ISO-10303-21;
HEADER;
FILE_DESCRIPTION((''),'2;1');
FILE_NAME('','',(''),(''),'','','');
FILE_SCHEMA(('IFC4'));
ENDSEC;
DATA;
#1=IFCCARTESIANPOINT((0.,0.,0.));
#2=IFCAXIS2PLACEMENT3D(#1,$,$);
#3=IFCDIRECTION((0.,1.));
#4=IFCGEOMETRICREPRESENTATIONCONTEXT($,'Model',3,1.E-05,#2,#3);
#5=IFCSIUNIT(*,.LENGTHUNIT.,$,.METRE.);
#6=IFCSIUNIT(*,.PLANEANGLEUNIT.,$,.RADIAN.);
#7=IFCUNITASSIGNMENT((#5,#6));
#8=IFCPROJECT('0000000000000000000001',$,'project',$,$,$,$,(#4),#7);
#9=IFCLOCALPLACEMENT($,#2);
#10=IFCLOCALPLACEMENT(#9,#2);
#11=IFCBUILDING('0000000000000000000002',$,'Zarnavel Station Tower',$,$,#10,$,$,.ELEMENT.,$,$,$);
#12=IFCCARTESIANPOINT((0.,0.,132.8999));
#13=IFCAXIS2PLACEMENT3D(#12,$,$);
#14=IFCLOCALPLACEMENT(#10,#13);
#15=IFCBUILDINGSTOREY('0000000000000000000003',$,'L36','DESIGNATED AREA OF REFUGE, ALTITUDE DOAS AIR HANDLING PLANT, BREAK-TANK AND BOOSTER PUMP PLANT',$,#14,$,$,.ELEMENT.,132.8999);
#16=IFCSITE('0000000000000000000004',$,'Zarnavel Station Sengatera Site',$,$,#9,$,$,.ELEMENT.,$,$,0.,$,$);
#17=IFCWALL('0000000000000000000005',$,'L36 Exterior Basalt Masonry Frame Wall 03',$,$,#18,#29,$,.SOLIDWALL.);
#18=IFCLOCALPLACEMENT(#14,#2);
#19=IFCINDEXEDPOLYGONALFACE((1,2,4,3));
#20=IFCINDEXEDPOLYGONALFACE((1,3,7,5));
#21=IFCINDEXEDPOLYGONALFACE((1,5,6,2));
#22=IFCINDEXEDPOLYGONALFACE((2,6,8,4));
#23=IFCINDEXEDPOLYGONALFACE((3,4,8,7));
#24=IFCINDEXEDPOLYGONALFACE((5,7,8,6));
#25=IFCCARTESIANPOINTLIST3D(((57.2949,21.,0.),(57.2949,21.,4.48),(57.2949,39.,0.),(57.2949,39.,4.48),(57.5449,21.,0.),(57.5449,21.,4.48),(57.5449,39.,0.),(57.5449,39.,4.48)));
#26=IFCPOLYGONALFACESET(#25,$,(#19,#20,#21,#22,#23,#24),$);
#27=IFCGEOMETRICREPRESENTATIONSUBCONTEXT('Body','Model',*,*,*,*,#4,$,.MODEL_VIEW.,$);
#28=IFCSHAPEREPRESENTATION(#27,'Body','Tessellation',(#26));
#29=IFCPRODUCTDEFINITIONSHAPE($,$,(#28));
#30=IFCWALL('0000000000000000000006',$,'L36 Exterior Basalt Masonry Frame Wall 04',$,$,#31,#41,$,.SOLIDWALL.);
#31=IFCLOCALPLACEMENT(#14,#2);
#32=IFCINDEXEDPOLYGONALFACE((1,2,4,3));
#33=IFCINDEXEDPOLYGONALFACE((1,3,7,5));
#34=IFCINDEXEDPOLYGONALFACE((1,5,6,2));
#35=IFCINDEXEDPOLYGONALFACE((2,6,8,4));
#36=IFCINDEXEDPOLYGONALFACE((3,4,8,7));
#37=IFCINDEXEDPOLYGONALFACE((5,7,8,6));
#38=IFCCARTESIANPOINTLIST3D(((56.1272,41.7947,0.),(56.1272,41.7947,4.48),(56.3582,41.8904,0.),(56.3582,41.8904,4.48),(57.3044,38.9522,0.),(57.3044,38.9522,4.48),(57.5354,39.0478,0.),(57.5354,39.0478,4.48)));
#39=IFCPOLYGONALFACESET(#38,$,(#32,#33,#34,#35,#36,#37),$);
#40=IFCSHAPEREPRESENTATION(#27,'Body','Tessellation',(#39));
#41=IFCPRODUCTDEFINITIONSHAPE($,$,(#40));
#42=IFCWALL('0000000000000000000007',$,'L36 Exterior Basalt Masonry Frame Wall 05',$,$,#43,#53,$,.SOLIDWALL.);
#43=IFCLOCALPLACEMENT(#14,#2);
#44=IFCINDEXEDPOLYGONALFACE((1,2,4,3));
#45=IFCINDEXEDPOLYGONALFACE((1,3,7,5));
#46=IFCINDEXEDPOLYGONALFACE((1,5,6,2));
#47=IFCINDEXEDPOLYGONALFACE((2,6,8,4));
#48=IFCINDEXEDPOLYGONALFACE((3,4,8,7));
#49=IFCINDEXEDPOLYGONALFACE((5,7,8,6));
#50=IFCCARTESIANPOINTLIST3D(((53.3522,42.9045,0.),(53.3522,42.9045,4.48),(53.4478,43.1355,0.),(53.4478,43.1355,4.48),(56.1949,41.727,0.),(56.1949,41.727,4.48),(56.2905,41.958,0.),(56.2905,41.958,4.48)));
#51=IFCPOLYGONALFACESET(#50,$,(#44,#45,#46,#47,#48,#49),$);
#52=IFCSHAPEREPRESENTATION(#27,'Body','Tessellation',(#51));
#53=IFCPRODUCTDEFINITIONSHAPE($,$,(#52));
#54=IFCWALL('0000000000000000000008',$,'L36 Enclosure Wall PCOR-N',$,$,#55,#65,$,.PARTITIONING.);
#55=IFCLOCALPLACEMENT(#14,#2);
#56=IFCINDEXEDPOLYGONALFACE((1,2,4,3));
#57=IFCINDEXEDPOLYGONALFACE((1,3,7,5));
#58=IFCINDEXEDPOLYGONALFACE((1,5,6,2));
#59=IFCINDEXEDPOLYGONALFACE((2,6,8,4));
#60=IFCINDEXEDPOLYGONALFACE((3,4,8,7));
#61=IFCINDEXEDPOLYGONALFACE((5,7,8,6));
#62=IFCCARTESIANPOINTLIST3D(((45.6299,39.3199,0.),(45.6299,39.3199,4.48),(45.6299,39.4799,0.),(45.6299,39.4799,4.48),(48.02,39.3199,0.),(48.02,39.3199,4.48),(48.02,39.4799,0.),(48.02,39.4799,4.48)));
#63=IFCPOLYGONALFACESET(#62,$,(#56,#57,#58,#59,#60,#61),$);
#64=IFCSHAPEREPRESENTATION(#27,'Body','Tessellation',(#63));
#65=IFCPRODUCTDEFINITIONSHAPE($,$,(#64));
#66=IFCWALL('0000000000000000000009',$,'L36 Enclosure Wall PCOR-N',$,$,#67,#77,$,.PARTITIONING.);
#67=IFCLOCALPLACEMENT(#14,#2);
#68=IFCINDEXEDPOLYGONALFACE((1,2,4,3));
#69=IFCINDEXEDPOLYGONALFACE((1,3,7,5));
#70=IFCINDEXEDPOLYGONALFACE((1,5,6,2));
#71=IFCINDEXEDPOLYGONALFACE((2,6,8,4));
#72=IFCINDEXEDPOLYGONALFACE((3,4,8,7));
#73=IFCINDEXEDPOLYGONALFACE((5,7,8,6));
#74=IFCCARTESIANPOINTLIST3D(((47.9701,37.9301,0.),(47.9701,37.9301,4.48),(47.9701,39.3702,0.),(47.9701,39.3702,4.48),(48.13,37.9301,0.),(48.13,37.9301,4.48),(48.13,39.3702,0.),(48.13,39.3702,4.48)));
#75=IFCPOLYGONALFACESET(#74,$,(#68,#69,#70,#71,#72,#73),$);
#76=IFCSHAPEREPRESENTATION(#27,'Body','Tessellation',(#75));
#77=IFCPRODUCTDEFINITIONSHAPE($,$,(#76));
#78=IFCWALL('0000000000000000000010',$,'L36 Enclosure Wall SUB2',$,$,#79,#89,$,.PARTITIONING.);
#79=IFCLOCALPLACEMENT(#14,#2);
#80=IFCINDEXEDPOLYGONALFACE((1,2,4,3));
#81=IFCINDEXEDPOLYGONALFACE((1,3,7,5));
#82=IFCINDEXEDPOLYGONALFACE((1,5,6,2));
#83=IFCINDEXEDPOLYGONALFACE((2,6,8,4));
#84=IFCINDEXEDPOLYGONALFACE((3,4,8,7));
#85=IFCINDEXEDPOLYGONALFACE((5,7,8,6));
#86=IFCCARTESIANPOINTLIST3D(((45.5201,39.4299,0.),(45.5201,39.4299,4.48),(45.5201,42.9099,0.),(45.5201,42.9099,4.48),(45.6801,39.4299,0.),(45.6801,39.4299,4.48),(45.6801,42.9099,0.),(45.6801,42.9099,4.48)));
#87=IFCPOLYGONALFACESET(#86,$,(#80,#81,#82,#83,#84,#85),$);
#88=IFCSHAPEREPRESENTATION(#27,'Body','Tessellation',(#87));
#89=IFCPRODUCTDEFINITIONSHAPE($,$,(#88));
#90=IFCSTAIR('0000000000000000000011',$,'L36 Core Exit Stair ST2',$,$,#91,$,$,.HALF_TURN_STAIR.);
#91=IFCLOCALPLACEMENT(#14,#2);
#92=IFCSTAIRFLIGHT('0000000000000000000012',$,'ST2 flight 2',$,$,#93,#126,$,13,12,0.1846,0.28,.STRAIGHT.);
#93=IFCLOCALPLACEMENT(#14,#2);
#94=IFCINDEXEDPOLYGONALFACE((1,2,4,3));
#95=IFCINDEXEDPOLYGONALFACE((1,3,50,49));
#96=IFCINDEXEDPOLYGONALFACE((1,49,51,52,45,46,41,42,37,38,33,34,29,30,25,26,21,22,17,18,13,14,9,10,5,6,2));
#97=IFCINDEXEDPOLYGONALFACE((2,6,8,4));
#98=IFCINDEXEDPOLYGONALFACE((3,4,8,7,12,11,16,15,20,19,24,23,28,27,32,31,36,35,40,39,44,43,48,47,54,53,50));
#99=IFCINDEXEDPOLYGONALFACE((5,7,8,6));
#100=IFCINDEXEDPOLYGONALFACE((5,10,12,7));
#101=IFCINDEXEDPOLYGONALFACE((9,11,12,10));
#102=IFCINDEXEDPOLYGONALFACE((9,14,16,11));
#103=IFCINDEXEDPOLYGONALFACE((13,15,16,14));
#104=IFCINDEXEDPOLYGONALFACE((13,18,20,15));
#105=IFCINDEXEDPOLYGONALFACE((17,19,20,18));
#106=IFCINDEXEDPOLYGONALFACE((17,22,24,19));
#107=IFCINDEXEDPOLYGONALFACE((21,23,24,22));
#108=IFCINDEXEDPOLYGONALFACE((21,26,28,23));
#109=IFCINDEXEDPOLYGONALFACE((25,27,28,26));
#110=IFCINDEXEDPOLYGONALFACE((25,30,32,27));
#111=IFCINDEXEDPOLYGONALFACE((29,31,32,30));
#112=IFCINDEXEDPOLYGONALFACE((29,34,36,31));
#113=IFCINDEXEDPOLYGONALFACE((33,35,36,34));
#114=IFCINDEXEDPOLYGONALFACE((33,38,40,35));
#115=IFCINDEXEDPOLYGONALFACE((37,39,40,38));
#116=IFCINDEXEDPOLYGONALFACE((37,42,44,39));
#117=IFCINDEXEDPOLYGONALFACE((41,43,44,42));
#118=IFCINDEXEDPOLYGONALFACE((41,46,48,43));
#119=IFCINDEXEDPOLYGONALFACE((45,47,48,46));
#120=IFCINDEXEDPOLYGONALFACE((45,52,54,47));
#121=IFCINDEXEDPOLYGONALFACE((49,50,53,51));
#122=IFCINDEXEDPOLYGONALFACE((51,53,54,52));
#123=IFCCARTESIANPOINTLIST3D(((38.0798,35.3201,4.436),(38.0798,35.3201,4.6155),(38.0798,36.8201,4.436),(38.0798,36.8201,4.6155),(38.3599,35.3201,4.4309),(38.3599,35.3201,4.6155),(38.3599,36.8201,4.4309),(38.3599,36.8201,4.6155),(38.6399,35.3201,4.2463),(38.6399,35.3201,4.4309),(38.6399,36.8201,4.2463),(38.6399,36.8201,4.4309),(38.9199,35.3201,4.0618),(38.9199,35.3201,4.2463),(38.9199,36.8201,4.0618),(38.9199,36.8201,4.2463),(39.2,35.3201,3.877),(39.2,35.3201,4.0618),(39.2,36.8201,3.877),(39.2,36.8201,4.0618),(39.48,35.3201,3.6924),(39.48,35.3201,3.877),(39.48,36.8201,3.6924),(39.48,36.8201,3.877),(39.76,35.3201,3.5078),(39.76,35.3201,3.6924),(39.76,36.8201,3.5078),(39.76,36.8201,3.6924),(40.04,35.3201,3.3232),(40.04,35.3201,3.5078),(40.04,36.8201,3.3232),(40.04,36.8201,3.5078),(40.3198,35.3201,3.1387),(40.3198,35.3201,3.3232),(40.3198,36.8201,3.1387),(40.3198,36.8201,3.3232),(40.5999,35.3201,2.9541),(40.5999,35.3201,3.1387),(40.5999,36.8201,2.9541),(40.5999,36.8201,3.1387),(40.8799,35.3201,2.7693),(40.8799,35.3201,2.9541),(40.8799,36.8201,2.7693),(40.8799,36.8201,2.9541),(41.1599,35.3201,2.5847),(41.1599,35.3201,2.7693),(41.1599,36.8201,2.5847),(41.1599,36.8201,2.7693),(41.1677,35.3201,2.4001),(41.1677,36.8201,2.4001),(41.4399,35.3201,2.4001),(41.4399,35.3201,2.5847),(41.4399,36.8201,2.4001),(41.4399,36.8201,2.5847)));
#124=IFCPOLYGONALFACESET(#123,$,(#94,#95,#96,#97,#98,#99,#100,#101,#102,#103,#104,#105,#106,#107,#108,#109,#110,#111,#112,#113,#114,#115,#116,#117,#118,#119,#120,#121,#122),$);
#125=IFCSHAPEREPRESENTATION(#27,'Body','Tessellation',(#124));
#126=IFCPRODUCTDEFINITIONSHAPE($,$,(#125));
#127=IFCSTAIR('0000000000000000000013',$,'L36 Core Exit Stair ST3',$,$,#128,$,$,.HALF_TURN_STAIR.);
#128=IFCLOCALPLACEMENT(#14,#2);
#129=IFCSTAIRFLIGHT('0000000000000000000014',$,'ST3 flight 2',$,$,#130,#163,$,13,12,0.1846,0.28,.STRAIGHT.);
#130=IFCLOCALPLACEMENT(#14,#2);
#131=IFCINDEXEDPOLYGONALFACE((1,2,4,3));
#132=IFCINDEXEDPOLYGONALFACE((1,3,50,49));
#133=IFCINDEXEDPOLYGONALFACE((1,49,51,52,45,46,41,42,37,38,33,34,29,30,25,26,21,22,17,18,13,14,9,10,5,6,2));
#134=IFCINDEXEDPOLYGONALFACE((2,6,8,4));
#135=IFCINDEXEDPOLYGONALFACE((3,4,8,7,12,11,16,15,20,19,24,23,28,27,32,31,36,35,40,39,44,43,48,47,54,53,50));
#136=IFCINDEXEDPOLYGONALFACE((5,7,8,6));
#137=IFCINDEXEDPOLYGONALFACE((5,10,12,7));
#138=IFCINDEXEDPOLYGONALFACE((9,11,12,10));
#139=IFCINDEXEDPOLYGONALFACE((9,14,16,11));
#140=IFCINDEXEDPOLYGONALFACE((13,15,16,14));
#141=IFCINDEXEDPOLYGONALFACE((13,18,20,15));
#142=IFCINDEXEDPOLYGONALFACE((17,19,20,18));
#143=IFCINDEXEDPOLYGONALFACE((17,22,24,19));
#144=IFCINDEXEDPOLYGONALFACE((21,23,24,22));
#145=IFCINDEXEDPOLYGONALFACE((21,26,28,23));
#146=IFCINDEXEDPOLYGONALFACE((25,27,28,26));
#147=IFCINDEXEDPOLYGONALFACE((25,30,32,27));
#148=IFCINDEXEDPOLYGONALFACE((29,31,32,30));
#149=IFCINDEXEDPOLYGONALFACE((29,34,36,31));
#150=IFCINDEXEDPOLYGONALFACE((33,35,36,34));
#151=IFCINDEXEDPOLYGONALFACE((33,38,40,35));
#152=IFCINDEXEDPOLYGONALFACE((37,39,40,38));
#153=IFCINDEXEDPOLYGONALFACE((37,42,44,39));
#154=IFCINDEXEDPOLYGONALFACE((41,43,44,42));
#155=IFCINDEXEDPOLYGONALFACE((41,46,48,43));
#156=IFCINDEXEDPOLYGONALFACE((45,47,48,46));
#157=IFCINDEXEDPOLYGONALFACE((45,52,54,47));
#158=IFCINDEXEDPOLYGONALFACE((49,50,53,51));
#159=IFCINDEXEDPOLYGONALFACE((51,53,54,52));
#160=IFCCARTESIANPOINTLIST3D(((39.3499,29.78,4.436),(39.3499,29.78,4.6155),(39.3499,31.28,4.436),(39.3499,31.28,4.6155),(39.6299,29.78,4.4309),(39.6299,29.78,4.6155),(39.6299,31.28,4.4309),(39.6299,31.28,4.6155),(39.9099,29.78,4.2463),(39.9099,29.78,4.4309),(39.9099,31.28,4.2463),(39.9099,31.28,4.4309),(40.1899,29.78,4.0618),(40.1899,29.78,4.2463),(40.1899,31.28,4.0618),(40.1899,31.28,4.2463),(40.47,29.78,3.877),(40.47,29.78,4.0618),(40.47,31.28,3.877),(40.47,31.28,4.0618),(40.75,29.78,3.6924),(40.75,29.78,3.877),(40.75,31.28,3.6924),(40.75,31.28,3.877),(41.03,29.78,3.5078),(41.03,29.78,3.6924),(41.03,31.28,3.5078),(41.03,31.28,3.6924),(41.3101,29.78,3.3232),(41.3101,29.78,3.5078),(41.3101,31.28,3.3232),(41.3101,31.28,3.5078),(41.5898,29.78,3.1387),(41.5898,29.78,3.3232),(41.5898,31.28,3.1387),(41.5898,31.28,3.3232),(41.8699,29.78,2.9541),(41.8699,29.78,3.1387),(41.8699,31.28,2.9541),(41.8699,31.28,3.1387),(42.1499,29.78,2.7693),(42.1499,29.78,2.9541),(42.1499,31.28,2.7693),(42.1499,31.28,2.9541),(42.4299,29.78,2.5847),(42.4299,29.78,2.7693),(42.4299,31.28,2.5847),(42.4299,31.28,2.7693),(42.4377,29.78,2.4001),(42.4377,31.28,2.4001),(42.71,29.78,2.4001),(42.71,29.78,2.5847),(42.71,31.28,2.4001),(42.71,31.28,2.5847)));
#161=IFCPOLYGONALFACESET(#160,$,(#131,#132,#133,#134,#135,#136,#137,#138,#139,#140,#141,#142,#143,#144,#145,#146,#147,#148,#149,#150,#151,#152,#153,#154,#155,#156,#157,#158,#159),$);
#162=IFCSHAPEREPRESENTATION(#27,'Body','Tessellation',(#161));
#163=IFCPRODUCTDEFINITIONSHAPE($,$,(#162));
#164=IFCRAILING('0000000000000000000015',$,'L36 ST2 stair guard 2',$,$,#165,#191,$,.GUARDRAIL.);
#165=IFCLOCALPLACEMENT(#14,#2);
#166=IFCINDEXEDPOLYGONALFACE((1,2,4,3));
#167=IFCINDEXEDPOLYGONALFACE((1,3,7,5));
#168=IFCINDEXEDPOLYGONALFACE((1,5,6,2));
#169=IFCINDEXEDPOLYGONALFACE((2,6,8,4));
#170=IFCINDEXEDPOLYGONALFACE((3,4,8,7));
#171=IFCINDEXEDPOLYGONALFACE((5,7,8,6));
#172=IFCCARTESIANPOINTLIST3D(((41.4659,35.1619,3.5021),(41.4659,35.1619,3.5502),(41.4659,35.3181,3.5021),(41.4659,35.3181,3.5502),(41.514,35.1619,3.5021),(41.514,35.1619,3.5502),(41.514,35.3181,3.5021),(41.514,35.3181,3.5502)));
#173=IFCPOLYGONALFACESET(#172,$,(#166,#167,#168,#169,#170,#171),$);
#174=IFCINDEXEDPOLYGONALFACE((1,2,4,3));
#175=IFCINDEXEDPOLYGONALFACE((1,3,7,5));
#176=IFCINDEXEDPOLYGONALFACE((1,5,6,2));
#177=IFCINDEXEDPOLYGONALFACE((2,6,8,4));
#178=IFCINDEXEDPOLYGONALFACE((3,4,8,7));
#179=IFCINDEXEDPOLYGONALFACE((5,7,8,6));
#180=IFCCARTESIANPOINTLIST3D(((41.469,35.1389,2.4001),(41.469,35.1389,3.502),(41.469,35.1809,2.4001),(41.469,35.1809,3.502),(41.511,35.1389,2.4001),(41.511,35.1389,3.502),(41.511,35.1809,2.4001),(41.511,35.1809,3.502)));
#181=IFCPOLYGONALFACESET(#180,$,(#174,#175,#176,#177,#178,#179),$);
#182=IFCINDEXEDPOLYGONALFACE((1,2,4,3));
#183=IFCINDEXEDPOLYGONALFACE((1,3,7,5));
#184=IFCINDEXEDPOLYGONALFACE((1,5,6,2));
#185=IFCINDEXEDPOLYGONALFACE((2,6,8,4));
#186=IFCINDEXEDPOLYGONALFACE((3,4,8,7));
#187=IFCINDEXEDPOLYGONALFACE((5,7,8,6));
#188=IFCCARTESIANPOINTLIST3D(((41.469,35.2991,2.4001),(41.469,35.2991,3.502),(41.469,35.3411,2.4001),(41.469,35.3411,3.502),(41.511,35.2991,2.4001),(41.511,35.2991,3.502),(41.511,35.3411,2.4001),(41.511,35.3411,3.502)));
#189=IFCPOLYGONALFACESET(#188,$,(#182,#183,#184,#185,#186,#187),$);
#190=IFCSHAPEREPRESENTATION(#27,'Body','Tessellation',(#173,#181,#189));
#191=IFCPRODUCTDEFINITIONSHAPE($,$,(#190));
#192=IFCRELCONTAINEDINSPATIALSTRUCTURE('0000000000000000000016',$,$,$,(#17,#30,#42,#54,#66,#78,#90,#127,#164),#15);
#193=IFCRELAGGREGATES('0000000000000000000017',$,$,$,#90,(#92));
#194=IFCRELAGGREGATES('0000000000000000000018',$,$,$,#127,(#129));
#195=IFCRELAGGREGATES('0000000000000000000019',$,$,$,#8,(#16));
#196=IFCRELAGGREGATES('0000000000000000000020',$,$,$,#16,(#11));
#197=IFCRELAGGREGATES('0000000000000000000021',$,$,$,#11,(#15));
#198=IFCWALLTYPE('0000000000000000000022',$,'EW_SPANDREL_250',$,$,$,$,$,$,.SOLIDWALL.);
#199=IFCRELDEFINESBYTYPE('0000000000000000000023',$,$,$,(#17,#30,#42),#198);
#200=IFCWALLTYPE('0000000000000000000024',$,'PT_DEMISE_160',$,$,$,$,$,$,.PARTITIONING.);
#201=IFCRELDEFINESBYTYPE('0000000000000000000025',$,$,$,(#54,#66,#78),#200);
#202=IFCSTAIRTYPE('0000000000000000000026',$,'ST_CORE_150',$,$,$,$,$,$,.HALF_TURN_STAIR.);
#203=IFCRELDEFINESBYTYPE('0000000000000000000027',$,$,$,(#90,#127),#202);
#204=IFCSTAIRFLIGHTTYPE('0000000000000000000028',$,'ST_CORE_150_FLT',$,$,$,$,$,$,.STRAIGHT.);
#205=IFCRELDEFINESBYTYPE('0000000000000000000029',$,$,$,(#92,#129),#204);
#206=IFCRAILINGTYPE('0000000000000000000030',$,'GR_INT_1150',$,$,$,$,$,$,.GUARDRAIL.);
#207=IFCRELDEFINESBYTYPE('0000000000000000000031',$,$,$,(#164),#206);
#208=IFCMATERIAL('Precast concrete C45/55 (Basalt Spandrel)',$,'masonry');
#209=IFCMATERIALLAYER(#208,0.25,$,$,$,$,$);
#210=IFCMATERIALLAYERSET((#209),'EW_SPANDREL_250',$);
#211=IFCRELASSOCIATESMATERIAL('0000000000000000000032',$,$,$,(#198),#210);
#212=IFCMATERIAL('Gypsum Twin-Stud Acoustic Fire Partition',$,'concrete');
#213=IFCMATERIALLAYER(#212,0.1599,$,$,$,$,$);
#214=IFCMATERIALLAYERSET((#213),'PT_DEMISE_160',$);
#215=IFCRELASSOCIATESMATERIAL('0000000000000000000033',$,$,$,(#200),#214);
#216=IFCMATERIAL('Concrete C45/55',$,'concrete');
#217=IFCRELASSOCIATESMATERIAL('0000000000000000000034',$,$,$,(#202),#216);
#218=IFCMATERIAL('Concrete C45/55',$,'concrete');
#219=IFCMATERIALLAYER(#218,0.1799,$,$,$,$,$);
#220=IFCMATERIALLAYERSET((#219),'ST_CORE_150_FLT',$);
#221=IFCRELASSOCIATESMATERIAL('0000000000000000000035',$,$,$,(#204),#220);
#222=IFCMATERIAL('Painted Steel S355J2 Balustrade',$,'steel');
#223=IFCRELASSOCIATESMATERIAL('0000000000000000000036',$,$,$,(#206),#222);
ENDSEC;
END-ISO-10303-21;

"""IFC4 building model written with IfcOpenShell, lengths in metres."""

from ifc_helpers import new_model, si_unit, direction, frame, frame_2d, origin, origin_2d, place, context, subcontext, project, spatial, polyline, rectangle, outline, extrude, material, layer, layer_set, type_object, element, aggregate, save


model = new_model("IFC4")

# Units and contexts
model_context = context("Model", 3, precision=1e-05, world=origin(), true_north=direction((0.0, 1.0)))
body_context = subcontext(model_context, "Body", "Model", "MODEL_VIEW")
ifc_project = project(units=[si_unit("LENGTHUNIT", "METRE"), si_unit("PLANEANGLEUNIT", "RADIAN")], contexts=[model_context])

# Site, building, storey
site_placement = place(None, origin())
site = spatial("IfcSite", under=ifc_project, at=site_placement, Name="Zarnavel Station Sengatera Site", CompositionType="ELEMENT", RefElevation=0.0)
building_placement = place(site_placement, origin())
building = spatial("IfcBuilding", under=site, at=building_placement, Name="Zarnavel Station Tower", CompositionType="ELEMENT")
storey_placement = place(building_placement, frame((0.0, 0.0, 132.8999)))
storey = spatial("IfcBuildingStorey", under=building, at=storey_placement, Name="L36", Description="DESIGNATED AREA OF REFUGE, ALTITUDE DOAS AIR HANDLING PLANT, BREAK-TANK AND BOOSTER PUMP PLANT", CompositionType="ELEMENT", Elevation=132.8999)

# Walls
ifc_material_1 = material(Name="Precast concrete C45/55 (Basalt Spandrel)", Category="masonry")
ifc_layer_1 = layer(ifc_material_1, 0.25)
ifc_layer_set_1 = layer_set([ifc_layer_1], Name="EW_SPANDREL_250")
wall_type_1 = type_object("IfcWallType", Name="EW_SPANDREL_250", PredefinedType="SOLIDWALL", material=ifc_layer_set_1)
wall_1_placement = place(storey_placement, frame((57.4199, 39.0, 0.0), z_axis=(0.0, 0.0, 1.0), x_axis=(0.0, -1.0, 0.0)))
element("IfcWall", 1, at=wall_1_placement, inside=storey, type_object=wall_type_1, Name="L36 Exterior Basalt Masonry Frame Wall 03", PredefinedType="SOLIDWALL", context=body_context, shape_type="SweptSolid", body=[
    extrude(rectangle(XDim=18.0, YDim=0.25, at=frame_2d((9.0, 0.0))), origin(), (0.0, 0.0, 1.0), 4.48),
])
wall_2_placement = place(storey_placement, frame((56.2427, 41.8425, 0.0), z_axis=(0.0, 0.0, 1.0), x_axis=(0.382637, -0.923899, 0.0)))
element("IfcWall", 2, at=wall_2_placement, inside=storey, type_object=wall_type_1, Name="L36 Exterior Basalt Masonry Frame Wall 04", PredefinedType="SOLIDWALL", context=body_context, shape_type="SweptSolid", body=[
    extrude(rectangle(XDim=3.0767, YDim=0.25, at=frame_2d((1.5383, 0.0))), origin(), (0.0, 0.0, 1.0), 4.48),
])
wall_3_placement = place(storey_placement, frame((53.3999, 43.02, 0.0), z_axis=(0.0, 0.0, 1.0), x_axis=(0.923882, -0.382676, 0.0)))
element("IfcWall", 3, at=wall_3_placement, inside=storey, type_object=wall_type_1, Name="L36 Exterior Basalt Masonry Frame Wall 05", PredefinedType="SOLIDWALL", context=body_context, shape_type="SweptSolid", body=[
    extrude(rectangle(XDim=3.0769, YDim=0.25, at=frame_2d((1.5386, 0.0))), origin(), (0.0, 0.0, 1.0), 4.48),
])
ifc_material_2 = material(Name="Gypsum Twin-Stud Acoustic Fire Partition", Category="concrete")
ifc_layer_2 = layer(ifc_material_2, 0.1599)
ifc_layer_set_2 = layer_set([ifc_layer_2], Name="PT_DEMISE_160")
wall_type_2 = type_object("IfcWallType", Name="PT_DEMISE_160", PredefinedType="PARTITIONING", material=ifc_layer_set_2)
wall_4_placement = place(storey_placement, frame((45.6299, 39.3999, 0.0), z_axis=(0.0, 0.0, 1.0), x_axis=(1.0, 0.0, 0.0)))
element("IfcWall", 4, at=wall_4_placement, inside=storey, type_object=wall_type_2, Name="L36 Enclosure Wall PCOR-N", PredefinedType="PARTITIONING", context=body_context, shape_type="SweptSolid", body=[
    extrude(rectangle(XDim=2.3901, YDim=0.1599, at=frame_2d((1.1951, 0.0))), origin(), (0.0, 0.0, 1.0), 4.48),
])
wall_5_placement = place(storey_placement, frame((48.05, 37.9299, 0.0), z_axis=(0.0, 0.0, 1.0), x_axis=(0.0, 1.0, 0.0)))
element("IfcWall", 5, at=wall_5_placement, inside=storey, type_object=wall_type_2, Name="L36 Enclosure Wall PCOR-N", PredefinedType="PARTITIONING", context=body_context, shape_type="SweptSolid", body=[
    extrude(rectangle(XDim=1.4402, YDim=0.1599, at=frame_2d((0.7202, 0.0))), origin(), (0.0, 0.0, 1.0), 4.48),
])
wall_6_placement = place(storey_placement, frame((45.6001, 39.4299, 0.0), z_axis=(0.0, 0.0, 1.0), x_axis=(0.0, 1.0, 0.0)))
element("IfcWall", 6, at=wall_6_placement, inside=storey, type_object=wall_type_2, Name="L36 Enclosure Wall SUB2", PredefinedType="PARTITIONING", context=body_context, shape_type="SweptSolid", body=[
    extrude(rectangle(XDim=3.48, YDim=0.1599, at=frame_2d((1.74, 0.0))), origin(), (0.0, 0.0, 1.0), 4.48),
])

# Stairs, stair flights
ifc_material_3 = material(Name="Concrete C45/55", Category="concrete")
stair_type = type_object("IfcStairType", Name="ST_CORE_150", PredefinedType="HALF_TURN_STAIR", material=ifc_material_3)
stair_1_placement = place(storey_placement, origin())
stair_1 = element("IfcStair", 7, at=stair_1_placement, inside=storey, type_object=stair_type, Name="L36 Core Exit Stair ST2", PredefinedType="HALF_TURN_STAIR")
ifc_material_4 = material(Name="Concrete C45/55", Category="concrete")
ifc_layer_3 = layer(ifc_material_4, 0.1799)
ifc_layer_set_3 = layer_set([ifc_layer_3], Name="ST_CORE_150_FLT")
stair_flight_type = type_object("IfcStairFlightType", Name="ST_CORE_150_FLT", PredefinedType="STRAIGHT", material=ifc_layer_set_3)
stair_flight_1_placement = place(storey_placement, frame((41.4399, 36.0701, 2.4001), z_axis=(0.0, 0.0, 1.0), x_axis=(-1.0, 0.0, 0.0)))
stair_flight_1 = element("IfcStairFlight", 8, at=stair_flight_1_placement, type_object=stair_flight_type, Name="ST2 flight 2", NumberOfRisers=13, NumberOfTreads=12, PredefinedType="STRAIGHT", RiserHeight=0.1846, TreadLength=0.28, context=body_context, shape_type="SweptSolid", body=[
    extrude(outline(polyline([(0.0, 0.0), (0.0, 0.1846), (0.28, 0.1846), (0.28, 0.3691), (0.5601, 0.3691), (0.5601, 0.554), (0.8401, 0.554), (0.8401, 0.7385), (1.1201, 0.7385), (1.1201, 0.9231), (1.3999, 0.9231), (1.3999, 1.1077), (1.6799, 1.1077), (1.6799, 1.2922), (1.96, 1.2922), (1.96, 1.4768), (2.24, 1.4768), (2.24, 1.6616), (2.52, 1.6616), (2.52, 1.8462), (2.8, 1.8462), (2.8, 2.0308), (3.0801, 2.0308), (3.0801, 2.2153), (3.3601, 2.2153), (3.3601, 2.3999), (3.3601, 2.0359), (0.2722, 0.0), (0.0, 0.0)])), frame((0.0, 0.75, 0.0), z_axis=(0.0, -1.0, 0.0), x_axis=(1.0, 0.0, 0.0)), (0.0, 0.0, 1.0), 1.5),
])
aggregate(stair_1, [stair_flight_1])
stair_2_placement = place(storey_placement, origin())
stair_2 = element("IfcStair", 9, at=stair_2_placement, inside=storey, type_object=stair_type, Name="L36 Core Exit Stair ST3", PredefinedType="HALF_TURN_STAIR")
stair_flight_2_placement = place(storey_placement, frame((42.71, 30.53, 2.4001), z_axis=(0.0, 0.0, 1.0), x_axis=(-1.0, 0.0, 0.0)))
stair_flight_2 = element("IfcStairFlight", 10, at=stair_flight_2_placement, type_object=stair_flight_type, Name="ST3 flight 2", NumberOfRisers=13, NumberOfTreads=12, PredefinedType="STRAIGHT", RiserHeight=0.1846, TreadLength=0.28, context=body_context, shape_type="SweptSolid", body=[
    extrude(outline(polyline([(0.0, 0.0), (0.0, 0.1846), (0.28, 0.1846), (0.28, 0.3691), (0.5601, 0.3691), (0.5601, 0.554), (0.8401, 0.554), (0.8401, 0.7385), (1.1201, 0.7385), (1.1201, 0.9231), (1.3999, 0.9231), (1.3999, 1.1077), (1.6799, 1.1077), (1.6799, 1.2922), (1.96, 1.2922), (1.96, 1.4768), (2.24, 1.4768), (2.24, 1.6616), (2.52, 1.6616), (2.52, 1.8462), (2.8, 1.8462), (2.8, 2.0308), (3.0801, 2.0308), (3.0801, 2.2153), (3.3601, 2.2153), (3.3601, 2.3999), (3.3601, 2.0359), (0.2722, 0.0), (0.0, 0.0)])), frame((0.0, 0.75, 0.0), z_axis=(0.0, -1.0, 0.0), x_axis=(1.0, 0.0, 0.0)), (0.0, 0.0, 1.0), 1.5),
])
aggregate(stair_2, [stair_flight_2])

# Railing
ifc_material_5 = material(Name="Painted Steel S355J2 Balustrade", Category="steel")
railing_type_1 = type_object("IfcRailingType", Name="GR_INT_1150", PredefinedType="GUARDRAIL", material=ifc_material_5)
railing_1_placement = place(storey_placement, frame((41.49, 35.1599, 2.4001)))
element("IfcRailing", 11, at=railing_1_placement, inside=storey, type_object=railing_type_1, Name="L36 ST2 stair guard 2", PredefinedType="GUARDRAIL", context=body_context, shape_type="SweptSolid", body=[
    extrude(rectangle(XDim=0.0481, YDim=0.0481, at=origin_2d()), frame((0.0, 0.002, 1.126), z_axis=(0.0, 1.0, 0.0), x_axis=(-1.0, 0.0, 0.0)), (0.0, 0.0, 1.0), 0.1562),
    extrude(rectangle(XDim=0.042, YDim=0.042, at=origin_2d()), origin(), (0.0, 0.0, 1.0), 1.1018),
    extrude(rectangle(XDim=0.042, YDim=0.042, at=origin_2d()), frame((0.0, 0.1602, 0.0)), (0.0, 0.0, 1.0), 1.1018),
])

save(model, "model.ifc")
